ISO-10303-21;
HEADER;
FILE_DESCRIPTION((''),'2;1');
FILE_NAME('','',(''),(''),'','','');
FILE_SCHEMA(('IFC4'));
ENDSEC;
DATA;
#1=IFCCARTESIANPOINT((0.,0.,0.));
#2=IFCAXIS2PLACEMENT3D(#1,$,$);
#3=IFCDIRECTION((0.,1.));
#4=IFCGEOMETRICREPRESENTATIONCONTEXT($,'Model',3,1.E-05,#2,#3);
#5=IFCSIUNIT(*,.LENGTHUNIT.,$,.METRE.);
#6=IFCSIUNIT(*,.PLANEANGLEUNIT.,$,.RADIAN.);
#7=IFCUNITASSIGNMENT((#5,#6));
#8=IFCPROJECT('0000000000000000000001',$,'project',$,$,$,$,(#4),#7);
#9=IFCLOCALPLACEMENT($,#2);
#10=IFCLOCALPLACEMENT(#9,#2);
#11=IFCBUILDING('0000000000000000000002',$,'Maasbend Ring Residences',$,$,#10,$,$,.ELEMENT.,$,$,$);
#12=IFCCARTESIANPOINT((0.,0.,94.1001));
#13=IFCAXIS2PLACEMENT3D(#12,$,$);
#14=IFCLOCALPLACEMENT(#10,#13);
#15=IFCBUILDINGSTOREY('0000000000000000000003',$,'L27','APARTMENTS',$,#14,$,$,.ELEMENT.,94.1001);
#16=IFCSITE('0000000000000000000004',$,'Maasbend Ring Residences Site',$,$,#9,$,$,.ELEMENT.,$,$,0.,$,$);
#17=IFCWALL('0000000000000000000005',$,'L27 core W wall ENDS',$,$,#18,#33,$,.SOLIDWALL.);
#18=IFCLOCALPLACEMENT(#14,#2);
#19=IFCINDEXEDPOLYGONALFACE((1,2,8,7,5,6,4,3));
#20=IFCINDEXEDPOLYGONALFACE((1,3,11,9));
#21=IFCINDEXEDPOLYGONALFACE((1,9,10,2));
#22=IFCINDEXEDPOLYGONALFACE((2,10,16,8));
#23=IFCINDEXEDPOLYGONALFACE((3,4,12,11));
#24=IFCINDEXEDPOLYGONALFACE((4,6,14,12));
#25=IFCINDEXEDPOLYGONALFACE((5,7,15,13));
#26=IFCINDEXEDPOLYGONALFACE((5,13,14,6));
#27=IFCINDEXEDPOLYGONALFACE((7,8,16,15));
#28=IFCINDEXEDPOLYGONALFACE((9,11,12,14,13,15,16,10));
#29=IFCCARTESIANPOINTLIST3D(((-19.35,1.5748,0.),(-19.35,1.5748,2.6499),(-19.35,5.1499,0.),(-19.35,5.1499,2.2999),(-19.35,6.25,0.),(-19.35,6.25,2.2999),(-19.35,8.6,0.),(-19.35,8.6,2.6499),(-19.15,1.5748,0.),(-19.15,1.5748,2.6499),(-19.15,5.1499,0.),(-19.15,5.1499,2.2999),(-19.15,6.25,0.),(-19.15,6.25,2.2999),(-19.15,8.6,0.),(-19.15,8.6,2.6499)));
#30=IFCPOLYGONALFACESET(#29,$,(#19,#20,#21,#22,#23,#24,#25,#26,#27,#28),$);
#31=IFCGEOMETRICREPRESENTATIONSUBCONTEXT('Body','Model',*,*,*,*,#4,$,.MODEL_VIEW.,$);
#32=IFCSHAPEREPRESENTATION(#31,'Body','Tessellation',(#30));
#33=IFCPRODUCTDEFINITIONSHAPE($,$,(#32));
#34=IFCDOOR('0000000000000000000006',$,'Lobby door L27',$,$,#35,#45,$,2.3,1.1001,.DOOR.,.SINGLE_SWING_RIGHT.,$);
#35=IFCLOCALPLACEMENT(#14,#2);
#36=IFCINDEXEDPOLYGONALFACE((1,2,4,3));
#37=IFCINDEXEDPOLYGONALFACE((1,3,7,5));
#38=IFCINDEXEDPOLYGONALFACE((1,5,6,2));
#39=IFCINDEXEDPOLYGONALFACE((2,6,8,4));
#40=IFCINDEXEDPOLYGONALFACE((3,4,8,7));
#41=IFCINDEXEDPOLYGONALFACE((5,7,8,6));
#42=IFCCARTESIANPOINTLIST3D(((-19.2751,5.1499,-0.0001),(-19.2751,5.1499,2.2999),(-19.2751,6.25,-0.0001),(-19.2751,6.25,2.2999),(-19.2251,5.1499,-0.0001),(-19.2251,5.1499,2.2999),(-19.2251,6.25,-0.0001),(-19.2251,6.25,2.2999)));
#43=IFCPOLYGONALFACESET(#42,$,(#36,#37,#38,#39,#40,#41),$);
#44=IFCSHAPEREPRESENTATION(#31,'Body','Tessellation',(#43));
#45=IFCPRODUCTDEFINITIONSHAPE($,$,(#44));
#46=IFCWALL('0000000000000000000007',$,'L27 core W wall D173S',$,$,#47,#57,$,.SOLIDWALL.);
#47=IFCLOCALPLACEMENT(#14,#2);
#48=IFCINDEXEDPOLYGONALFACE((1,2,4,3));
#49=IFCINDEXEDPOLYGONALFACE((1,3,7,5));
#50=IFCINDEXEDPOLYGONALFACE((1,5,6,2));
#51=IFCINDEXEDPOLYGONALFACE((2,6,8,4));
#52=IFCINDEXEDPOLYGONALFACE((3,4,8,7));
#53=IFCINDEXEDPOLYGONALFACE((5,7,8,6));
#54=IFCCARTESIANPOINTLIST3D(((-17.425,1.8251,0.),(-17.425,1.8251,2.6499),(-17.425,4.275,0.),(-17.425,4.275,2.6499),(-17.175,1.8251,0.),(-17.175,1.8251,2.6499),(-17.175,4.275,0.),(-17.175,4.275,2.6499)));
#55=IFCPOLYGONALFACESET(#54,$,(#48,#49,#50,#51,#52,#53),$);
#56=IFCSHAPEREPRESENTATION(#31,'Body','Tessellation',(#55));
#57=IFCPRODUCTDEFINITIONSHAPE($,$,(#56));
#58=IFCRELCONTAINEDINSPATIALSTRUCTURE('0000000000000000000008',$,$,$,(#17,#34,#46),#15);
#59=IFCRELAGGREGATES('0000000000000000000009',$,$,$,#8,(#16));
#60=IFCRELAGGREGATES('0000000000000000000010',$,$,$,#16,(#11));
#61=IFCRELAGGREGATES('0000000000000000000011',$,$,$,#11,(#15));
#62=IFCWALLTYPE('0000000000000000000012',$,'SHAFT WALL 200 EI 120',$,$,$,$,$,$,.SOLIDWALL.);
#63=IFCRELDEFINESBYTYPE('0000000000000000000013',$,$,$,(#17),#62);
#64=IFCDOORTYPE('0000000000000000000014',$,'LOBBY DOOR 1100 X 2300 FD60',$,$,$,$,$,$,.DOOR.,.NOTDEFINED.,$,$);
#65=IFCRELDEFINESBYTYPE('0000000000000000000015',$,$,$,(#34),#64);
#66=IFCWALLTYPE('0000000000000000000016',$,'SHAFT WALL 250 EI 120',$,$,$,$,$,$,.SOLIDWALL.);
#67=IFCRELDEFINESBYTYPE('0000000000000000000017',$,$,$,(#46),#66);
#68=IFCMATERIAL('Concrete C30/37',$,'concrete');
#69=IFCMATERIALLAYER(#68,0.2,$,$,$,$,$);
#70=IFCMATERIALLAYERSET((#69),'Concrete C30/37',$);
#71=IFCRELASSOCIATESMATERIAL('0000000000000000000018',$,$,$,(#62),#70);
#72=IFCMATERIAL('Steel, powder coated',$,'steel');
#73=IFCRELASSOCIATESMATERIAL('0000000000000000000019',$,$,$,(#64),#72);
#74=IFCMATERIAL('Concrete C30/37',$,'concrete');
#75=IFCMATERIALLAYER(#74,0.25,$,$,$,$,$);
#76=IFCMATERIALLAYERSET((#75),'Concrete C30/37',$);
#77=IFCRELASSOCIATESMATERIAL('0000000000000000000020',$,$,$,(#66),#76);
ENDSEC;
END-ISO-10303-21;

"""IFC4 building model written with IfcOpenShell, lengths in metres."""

from ifc_helpers import new_model, si_unit, direction, frame, frame_2d, origin, place, context, subcontext, project, spatial, rectangle, extrude, material, layer, layer_set, type_object, element, fill, save


model = new_model("IFC4")

# Units and contexts
model_context = context("Model", 3, precision=1e-05, world=origin(), true_north=direction((0.0, 1.0)))
body_context = subcontext(model_context, "Body", "Model", "MODEL_VIEW")
ifc_project = project(units=[si_unit("LENGTHUNIT", "METRE"), si_unit("PLANEANGLEUNIT", "RADIAN")], contexts=[model_context])

# Site, building, storey
site_placement = place(None, origin())
site = spatial("IfcSite", under=ifc_project, at=site_placement, Name="Maasbend Ring Residences Site", CompositionType="ELEMENT", RefElevation=0.0)
building_placement = place(site_placement, origin())
building = spatial("IfcBuilding", under=site, at=building_placement, Name="Maasbend Ring Residences", CompositionType="ELEMENT")
storey_placement = place(building_placement, frame((0.0, 0.0, 94.1001)))
storey = spatial("IfcBuildingStorey", under=building, at=storey_placement, Name="L27", Description="APARTMENTS", CompositionType="ELEMENT", Elevation=94.1001)

# Wall, opening, door
ifc_material_1 = material(Name="Concrete C30/37", Category="concrete")
ifc_layer_1 = layer(ifc_material_1, 0.2)
ifc_layer_set_1 = layer_set([ifc_layer_1], Name="Concrete C30/37")
wall_type_1 = type_object("IfcWallType", Name="SHAFT WALL 200 EI 120", PredefinedType="SOLIDWALL", material=ifc_layer_set_1)
wall_1_placement = place(storey_placement, frame((-19.25, 8.6001, 0.0), z_axis=(0.0, 0.0, 1.0), x_axis=(0.0, -1.0, 0.0)))
wall_1 = element("IfcWall", 1, at=wall_1_placement, inside=storey, type_object=wall_type_1, Name="L27 core W wall ENDS", PredefinedType="SOLIDWALL", context=body_context, shape_type="SweptSolid", body=[
    extrude(rectangle(XDim=7.0251, YDim=0.2, at=frame_2d((3.5127, 0.0))), origin(), (0.0, 0.0, 1.0), 2.6499),
])
opening_1_placement = place(wall_1_placement, frame((2.3501, 0.0, 0.0)))
opening_1 = element("IfcOpeningElement", 2, at=opening_1_placement, cuts=wall_1, PredefinedType="OPENING", context=body_context, shape_type="SweptSolid", body=[
    extrude(rectangle(XDim=1.1001, YDim=2.3, at=frame_2d((0.55, 1.1499))), frame((0.0, 0.1099, 0.0), z_axis=(0.0, -1.0, 0.0), x_axis=(1.0, 0.0, 0.0)), (0.0, 0.0, 1.0), 0.22),
])
ifc_material_2 = material(Name="Steel, powder coated", Category="steel")
door_type_1 = type_object("IfcDoorType", Name="LOBBY DOOR 1100 X 2300 FD60", OperationType="NOTDEFINED", PredefinedType="DOOR", material=ifc_material_2)
door_1_placement = place(opening_1_placement, origin())
door_1 = element("IfcDoor", 3, at=door_1_placement, inside=storey, type_object=door_type_1, Name="Lobby door L27", OperationType="SINGLE_SWING_RIGHT", OverallHeight=2.3, OverallWidth=1.1001, PredefinedType="DOOR", context=body_context, shape_type="SweptSolid", body=[
    extrude(rectangle(XDim=1.1001, YDim=2.3, at=frame_2d((0.55, 1.1499))), frame((0.0, 0.0249, 0.0), z_axis=(0.0, -1.0, 0.0), x_axis=(1.0, 0.0, 0.0)), (0.0, 0.0, 1.0), 0.05),
])
fill(opening_1, door_1)

# Wall
ifc_material_3 = material(Name="Concrete C30/37", Category="concrete")
ifc_layer_2 = layer(ifc_material_3, 0.25)
ifc_layer_set_2 = layer_set([ifc_layer_2], Name="Concrete C30/37")
wall_type_2 = type_object("IfcWallType", Name="SHAFT WALL 250 EI 120", PredefinedType="SOLIDWALL", material=ifc_layer_set_2)
wall_2_placement = place(storey_placement, frame((-17.3, 1.825, 0.0), z_axis=(0.0, 0.0, 1.0), x_axis=(0.0, 1.0, 0.0)))
element("IfcWall", 4, at=wall_2_placement, inside=storey, type_object=wall_type_2, Name="L27 core W wall D173S", PredefinedType="SOLIDWALL", context=body_context, shape_type="SweptSolid", body=[
    extrude(rectangle(XDim=2.45, YDim=0.25, at=frame_2d((1.2251, 0.0))), origin(), (0.0, 0.0, 1.0), 2.6499),
])

save(model, "model.ifc")
